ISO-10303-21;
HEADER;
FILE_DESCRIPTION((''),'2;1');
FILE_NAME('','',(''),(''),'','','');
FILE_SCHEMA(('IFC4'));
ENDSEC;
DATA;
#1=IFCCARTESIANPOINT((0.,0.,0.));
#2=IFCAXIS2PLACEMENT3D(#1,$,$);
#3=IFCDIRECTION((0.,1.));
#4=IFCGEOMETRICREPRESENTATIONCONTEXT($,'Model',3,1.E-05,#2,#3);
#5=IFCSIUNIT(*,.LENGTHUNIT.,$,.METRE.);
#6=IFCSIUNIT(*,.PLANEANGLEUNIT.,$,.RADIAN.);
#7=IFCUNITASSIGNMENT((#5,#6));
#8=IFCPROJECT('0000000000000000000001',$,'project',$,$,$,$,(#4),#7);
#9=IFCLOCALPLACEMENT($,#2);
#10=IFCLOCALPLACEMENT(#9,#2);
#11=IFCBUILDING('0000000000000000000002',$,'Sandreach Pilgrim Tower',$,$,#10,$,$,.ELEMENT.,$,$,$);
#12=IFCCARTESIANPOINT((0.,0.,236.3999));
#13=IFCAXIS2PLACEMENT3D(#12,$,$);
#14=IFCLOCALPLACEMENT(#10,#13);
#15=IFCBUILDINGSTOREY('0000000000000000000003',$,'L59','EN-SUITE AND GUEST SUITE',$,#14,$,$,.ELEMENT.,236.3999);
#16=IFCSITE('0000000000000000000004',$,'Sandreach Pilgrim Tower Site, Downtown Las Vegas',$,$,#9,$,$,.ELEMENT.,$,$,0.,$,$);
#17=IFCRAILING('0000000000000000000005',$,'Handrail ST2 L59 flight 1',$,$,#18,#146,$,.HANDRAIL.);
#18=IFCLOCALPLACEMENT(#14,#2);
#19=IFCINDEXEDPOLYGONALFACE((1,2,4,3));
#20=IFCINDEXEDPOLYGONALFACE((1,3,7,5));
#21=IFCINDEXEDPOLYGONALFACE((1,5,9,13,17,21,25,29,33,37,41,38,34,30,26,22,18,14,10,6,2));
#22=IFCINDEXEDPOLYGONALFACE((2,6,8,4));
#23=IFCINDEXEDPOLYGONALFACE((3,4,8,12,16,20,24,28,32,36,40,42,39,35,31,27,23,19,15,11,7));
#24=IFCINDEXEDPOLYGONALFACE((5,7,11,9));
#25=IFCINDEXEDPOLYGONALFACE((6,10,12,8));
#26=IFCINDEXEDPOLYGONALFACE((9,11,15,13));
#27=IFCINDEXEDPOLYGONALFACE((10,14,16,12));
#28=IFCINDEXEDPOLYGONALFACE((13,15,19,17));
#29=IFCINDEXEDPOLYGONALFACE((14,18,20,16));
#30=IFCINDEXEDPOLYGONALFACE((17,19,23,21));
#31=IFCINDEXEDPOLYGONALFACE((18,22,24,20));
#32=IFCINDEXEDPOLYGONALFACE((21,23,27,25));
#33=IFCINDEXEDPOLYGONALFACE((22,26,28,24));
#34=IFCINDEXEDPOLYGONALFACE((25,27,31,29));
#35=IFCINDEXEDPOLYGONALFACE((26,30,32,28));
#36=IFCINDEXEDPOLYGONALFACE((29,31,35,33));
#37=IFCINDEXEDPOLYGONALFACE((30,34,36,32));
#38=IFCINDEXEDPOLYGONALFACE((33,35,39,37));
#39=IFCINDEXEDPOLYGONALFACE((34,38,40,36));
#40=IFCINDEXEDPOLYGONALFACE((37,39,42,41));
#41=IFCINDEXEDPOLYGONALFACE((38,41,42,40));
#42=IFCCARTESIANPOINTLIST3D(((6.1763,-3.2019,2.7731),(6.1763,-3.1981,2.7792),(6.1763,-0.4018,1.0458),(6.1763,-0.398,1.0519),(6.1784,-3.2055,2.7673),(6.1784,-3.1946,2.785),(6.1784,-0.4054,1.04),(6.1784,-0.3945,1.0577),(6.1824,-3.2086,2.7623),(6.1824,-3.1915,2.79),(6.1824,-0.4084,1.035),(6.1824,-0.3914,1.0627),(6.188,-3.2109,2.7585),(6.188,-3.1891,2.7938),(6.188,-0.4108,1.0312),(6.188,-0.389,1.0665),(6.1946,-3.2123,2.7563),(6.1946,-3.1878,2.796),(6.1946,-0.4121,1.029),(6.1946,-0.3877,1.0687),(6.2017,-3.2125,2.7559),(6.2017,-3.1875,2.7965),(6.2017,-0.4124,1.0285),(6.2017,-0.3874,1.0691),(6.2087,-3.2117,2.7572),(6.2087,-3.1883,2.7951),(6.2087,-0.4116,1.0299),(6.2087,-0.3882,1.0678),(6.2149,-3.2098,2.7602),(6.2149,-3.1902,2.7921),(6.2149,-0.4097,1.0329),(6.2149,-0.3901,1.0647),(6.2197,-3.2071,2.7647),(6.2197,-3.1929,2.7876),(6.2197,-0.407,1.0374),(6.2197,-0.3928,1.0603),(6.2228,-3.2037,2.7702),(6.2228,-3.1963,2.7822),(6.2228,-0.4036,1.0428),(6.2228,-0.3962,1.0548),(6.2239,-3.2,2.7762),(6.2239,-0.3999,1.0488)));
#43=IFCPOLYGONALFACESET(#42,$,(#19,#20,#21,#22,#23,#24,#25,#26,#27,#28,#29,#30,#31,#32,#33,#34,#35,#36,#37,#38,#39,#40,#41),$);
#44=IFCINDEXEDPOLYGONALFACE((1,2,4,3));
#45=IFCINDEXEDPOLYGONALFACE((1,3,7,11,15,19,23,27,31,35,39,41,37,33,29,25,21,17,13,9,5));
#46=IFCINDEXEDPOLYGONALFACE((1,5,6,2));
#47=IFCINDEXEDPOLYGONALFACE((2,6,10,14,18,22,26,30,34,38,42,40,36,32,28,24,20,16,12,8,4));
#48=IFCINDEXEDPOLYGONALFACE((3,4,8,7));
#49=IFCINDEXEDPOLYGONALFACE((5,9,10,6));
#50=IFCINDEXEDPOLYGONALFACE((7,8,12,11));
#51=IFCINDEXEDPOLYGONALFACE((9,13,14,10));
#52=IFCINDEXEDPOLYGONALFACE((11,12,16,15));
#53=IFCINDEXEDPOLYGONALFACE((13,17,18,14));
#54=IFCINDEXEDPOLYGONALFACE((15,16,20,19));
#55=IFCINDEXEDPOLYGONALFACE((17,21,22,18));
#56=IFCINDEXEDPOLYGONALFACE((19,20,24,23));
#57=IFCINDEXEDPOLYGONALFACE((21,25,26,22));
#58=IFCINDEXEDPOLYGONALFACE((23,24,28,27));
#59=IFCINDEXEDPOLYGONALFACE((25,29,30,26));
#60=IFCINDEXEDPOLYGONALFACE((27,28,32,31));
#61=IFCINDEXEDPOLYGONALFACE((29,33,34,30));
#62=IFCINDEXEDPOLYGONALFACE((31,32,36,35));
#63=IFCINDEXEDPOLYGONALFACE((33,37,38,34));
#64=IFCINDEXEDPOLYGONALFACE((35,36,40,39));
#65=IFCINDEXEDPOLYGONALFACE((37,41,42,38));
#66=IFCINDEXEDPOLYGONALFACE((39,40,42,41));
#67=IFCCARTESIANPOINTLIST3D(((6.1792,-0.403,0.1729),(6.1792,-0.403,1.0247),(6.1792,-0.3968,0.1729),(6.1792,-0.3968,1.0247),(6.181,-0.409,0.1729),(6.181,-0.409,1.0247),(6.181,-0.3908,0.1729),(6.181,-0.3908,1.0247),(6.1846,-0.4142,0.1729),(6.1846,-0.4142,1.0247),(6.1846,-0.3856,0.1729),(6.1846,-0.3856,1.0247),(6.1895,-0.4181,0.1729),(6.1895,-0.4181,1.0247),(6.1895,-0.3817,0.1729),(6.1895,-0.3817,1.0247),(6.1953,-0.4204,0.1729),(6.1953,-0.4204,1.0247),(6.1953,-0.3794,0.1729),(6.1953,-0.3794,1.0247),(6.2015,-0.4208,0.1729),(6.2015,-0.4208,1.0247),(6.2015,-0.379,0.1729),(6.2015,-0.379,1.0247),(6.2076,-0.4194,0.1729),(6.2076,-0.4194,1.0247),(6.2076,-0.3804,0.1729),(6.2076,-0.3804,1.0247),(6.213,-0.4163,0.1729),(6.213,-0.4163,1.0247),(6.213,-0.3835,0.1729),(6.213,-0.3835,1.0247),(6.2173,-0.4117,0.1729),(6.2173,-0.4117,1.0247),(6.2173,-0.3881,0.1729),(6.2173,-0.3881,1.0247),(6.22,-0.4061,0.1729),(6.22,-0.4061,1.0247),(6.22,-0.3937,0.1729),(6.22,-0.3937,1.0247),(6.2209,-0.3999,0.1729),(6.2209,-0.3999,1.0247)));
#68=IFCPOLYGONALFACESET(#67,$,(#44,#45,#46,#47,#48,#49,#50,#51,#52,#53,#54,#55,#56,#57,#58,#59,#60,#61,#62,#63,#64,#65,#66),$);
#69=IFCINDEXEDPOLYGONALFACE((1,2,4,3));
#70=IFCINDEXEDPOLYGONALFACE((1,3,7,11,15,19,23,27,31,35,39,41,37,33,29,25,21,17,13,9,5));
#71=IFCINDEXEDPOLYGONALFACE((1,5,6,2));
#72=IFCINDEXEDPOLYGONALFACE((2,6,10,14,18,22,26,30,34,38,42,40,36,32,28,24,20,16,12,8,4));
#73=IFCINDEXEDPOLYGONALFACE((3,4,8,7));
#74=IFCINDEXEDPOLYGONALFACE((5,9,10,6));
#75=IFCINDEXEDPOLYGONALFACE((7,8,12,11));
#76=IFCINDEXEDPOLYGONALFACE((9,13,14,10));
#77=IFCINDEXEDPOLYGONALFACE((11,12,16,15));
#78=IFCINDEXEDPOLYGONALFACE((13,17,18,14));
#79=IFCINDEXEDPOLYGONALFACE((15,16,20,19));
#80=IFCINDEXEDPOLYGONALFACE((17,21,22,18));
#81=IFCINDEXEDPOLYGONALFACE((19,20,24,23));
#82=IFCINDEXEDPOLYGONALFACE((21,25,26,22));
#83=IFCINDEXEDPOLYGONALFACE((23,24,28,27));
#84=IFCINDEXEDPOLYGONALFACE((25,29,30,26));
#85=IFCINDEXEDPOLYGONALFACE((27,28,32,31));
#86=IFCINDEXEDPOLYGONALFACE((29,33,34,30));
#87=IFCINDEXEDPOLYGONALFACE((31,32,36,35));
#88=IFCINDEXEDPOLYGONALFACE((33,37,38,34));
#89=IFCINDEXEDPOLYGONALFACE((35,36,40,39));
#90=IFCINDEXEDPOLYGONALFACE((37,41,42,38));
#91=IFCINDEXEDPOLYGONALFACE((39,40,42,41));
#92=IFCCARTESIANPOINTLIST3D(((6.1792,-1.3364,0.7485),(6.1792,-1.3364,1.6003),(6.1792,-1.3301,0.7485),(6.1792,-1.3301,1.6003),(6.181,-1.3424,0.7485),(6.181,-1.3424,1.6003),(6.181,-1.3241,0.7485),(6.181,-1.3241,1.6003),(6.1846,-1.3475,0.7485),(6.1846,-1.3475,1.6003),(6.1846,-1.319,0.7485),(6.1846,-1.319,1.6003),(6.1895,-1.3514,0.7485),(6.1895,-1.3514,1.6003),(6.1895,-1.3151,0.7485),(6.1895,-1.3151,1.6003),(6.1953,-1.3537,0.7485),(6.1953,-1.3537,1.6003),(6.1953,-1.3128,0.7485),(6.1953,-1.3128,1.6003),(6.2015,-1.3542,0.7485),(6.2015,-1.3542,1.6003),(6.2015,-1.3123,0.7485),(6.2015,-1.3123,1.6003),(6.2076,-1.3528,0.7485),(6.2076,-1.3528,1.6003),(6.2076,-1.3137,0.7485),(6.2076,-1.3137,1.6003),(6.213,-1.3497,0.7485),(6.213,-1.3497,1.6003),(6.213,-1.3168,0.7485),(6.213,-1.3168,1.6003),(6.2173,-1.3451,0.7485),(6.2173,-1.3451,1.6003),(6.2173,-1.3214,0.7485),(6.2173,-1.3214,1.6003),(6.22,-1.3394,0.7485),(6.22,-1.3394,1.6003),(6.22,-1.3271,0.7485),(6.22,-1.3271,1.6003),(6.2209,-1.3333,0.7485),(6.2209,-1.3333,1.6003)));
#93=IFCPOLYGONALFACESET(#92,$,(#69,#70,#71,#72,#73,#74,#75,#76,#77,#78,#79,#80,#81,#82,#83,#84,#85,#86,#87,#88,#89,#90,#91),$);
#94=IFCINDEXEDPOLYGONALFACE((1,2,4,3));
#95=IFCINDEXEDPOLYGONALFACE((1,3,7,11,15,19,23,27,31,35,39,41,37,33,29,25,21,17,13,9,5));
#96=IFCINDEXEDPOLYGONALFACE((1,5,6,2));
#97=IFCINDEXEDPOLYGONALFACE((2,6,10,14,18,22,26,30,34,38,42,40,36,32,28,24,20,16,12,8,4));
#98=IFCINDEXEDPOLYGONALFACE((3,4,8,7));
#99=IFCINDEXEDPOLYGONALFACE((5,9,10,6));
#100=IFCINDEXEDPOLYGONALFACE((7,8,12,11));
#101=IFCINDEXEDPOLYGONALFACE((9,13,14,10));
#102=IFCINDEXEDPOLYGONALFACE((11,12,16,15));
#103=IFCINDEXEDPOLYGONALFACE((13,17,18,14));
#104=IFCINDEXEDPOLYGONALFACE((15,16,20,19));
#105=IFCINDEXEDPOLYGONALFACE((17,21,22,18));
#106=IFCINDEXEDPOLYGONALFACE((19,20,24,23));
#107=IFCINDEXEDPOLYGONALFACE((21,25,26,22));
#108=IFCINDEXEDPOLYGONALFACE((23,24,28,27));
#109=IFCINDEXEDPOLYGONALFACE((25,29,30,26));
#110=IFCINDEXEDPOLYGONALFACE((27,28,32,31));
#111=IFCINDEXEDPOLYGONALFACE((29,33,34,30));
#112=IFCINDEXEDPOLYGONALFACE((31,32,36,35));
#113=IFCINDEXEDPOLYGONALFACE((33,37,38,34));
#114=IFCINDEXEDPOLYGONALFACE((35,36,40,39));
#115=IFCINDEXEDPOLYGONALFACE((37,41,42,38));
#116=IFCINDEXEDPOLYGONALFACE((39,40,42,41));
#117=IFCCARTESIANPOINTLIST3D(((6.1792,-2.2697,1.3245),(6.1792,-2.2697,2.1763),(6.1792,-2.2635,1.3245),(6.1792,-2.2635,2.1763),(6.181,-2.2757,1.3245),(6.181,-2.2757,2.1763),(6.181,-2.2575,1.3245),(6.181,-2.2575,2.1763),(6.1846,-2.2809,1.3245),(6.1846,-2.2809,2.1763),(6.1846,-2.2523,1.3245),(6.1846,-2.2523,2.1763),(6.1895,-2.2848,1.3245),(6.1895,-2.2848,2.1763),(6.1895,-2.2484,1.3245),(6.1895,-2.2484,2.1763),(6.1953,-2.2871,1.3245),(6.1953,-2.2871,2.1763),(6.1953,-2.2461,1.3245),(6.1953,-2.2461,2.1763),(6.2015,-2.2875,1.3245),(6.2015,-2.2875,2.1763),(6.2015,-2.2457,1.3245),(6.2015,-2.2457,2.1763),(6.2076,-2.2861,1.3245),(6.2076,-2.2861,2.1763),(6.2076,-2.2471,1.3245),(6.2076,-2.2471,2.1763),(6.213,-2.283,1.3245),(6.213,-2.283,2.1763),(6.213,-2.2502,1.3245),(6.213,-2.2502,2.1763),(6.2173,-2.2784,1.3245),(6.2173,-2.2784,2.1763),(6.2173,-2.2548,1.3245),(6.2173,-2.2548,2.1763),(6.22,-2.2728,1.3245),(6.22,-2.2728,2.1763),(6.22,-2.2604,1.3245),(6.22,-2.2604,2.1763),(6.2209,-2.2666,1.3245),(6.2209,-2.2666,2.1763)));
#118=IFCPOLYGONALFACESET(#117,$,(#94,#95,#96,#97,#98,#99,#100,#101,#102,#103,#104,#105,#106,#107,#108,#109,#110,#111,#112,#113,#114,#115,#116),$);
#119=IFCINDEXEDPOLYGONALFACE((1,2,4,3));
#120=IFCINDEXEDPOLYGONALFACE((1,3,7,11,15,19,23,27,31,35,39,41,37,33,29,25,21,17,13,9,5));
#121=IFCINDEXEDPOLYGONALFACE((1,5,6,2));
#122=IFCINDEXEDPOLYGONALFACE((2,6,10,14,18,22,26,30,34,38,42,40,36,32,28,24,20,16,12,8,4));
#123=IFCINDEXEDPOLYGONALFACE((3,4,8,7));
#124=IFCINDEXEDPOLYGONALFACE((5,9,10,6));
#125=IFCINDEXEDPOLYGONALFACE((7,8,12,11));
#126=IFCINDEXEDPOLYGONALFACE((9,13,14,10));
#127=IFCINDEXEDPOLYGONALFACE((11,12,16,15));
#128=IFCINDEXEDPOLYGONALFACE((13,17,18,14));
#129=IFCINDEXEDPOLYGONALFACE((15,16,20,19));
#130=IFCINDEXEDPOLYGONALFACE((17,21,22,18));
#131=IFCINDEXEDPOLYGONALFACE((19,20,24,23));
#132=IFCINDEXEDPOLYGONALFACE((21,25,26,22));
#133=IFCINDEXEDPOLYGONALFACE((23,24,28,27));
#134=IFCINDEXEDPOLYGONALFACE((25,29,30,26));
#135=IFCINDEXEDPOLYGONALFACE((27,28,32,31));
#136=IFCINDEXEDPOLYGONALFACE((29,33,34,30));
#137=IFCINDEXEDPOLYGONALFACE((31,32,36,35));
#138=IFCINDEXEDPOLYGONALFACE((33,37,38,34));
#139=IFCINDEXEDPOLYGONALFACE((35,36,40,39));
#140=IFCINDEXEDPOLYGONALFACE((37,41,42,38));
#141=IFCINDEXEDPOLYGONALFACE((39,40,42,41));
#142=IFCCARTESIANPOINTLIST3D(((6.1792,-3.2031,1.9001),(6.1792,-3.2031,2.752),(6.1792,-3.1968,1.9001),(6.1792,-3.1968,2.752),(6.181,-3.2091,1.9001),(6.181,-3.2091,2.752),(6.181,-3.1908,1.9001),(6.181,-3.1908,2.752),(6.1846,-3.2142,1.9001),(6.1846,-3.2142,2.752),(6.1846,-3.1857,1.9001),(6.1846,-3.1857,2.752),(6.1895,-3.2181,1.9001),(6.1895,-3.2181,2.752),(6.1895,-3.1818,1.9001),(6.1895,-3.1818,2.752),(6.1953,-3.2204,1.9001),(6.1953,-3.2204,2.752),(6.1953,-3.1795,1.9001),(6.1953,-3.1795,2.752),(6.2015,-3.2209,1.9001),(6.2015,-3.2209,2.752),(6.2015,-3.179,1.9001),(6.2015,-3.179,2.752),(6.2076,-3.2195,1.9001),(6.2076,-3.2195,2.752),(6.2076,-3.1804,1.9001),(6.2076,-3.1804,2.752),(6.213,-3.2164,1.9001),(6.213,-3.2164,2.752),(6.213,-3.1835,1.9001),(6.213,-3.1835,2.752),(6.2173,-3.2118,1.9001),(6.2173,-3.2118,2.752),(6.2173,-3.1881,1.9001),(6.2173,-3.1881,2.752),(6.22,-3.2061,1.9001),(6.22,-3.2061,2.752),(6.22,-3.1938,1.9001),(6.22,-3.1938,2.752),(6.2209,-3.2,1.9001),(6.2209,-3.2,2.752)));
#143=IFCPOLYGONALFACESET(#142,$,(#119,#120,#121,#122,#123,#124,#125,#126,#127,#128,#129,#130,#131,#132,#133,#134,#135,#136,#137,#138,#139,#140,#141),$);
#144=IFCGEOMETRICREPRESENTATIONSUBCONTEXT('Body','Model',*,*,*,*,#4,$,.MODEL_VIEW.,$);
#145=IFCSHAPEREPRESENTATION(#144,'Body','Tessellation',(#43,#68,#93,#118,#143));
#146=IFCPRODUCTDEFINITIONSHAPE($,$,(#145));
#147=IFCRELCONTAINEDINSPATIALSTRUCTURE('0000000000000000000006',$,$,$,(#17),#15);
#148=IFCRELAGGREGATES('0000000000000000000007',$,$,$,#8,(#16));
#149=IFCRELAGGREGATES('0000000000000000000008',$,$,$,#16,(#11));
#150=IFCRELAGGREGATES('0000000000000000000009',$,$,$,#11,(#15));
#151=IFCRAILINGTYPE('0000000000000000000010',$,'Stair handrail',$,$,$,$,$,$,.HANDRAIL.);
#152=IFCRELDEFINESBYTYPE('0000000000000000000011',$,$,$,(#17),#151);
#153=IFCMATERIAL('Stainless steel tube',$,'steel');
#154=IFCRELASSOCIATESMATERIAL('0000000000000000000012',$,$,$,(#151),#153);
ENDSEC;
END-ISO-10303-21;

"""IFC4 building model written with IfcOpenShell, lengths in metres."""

from ifc_helpers import new_model, si_unit, direction, frame, origin, origin_2d, place, context, subcontext, project, spatial, circle, extrude, material, type_object, element, save


model = new_model("IFC4")

# Units and contexts
model_context = context("Model", 3, precision=1e-05, world=origin(), true_north=direction((0.0, 1.0)))
body_context = subcontext(model_context, "Body", "Model", "MODEL_VIEW")
ifc_project = project(units=[si_unit("LENGTHUNIT", "METRE"), si_unit("PLANEANGLEUNIT", "RADIAN")], contexts=[model_context])

# Site, building, storey
site_placement = place(None, origin())
site = spatial("IfcSite", under=ifc_project, at=site_placement, Name="Sandreach Pilgrim Tower Site, Downtown Las Vegas", CompositionType="ELEMENT", RefElevation=0.0)
building_placement = place(site_placement, origin())
building = spatial("IfcBuilding", under=site, at=building_placement, Name="Sandreach Pilgrim Tower", CompositionType="ELEMENT")
storey_placement = place(building_placement, frame((0.0, 0.0, 236.3999)))
storey = spatial("IfcBuildingStorey", under=building, at=storey_placement, Name="L59", Description="EN-SUITE AND GUEST SUITE", CompositionType="ELEMENT", Elevation=236.3999)

# Railing
ifc_material_1 = material(Name="Stainless steel tube", Category="steel")
railing_type = type_object("IfcRailingType", Name="Stair handrail", PredefinedType="HANDRAIL", material=ifc_material_1)
for number, where, name in (
    (1, (6.2, -0.3999, 0.1729), "Handrail ST2 L59 flight 1"),
):
    element("IfcRailing", number, at=place(storey_placement, frame(where)), inside=storey, type_object=railing_type, Name=name, PredefinedType="HANDRAIL", context=body_context, shape_type="SweptSolid", body=[
        extrude(circle(Radius=0.0239, at=origin_2d()), frame((0.0, 0.0, 0.876), z_axis=(0.0, -0.85109, 0.52502), x_axis=(1.0, 0.0, 0.0)), (0.0, 0.0, 1.0), 3.29),
        extrude(circle(Radius=0.021, at=origin_2d()), origin(), (0.0, 0.0, 1.0), 0.8518),
        extrude(circle(Radius=0.021, at=origin_2d()), frame((0.0, -0.9333, 0.5757)), (0.0, 0.0, 1.0), 0.8518),
        extrude(circle(Radius=0.021, at=origin_2d()), frame((0.0, -1.8667, 1.1516)), (0.0, 0.0, 1.0), 0.8518),
        extrude(circle(Radius=0.021, at=origin_2d()), frame((0.0, -2.8, 1.7273)), (0.0, 0.0, 1.0), 0.8518),
    ])

save(model, "model.ifc")
